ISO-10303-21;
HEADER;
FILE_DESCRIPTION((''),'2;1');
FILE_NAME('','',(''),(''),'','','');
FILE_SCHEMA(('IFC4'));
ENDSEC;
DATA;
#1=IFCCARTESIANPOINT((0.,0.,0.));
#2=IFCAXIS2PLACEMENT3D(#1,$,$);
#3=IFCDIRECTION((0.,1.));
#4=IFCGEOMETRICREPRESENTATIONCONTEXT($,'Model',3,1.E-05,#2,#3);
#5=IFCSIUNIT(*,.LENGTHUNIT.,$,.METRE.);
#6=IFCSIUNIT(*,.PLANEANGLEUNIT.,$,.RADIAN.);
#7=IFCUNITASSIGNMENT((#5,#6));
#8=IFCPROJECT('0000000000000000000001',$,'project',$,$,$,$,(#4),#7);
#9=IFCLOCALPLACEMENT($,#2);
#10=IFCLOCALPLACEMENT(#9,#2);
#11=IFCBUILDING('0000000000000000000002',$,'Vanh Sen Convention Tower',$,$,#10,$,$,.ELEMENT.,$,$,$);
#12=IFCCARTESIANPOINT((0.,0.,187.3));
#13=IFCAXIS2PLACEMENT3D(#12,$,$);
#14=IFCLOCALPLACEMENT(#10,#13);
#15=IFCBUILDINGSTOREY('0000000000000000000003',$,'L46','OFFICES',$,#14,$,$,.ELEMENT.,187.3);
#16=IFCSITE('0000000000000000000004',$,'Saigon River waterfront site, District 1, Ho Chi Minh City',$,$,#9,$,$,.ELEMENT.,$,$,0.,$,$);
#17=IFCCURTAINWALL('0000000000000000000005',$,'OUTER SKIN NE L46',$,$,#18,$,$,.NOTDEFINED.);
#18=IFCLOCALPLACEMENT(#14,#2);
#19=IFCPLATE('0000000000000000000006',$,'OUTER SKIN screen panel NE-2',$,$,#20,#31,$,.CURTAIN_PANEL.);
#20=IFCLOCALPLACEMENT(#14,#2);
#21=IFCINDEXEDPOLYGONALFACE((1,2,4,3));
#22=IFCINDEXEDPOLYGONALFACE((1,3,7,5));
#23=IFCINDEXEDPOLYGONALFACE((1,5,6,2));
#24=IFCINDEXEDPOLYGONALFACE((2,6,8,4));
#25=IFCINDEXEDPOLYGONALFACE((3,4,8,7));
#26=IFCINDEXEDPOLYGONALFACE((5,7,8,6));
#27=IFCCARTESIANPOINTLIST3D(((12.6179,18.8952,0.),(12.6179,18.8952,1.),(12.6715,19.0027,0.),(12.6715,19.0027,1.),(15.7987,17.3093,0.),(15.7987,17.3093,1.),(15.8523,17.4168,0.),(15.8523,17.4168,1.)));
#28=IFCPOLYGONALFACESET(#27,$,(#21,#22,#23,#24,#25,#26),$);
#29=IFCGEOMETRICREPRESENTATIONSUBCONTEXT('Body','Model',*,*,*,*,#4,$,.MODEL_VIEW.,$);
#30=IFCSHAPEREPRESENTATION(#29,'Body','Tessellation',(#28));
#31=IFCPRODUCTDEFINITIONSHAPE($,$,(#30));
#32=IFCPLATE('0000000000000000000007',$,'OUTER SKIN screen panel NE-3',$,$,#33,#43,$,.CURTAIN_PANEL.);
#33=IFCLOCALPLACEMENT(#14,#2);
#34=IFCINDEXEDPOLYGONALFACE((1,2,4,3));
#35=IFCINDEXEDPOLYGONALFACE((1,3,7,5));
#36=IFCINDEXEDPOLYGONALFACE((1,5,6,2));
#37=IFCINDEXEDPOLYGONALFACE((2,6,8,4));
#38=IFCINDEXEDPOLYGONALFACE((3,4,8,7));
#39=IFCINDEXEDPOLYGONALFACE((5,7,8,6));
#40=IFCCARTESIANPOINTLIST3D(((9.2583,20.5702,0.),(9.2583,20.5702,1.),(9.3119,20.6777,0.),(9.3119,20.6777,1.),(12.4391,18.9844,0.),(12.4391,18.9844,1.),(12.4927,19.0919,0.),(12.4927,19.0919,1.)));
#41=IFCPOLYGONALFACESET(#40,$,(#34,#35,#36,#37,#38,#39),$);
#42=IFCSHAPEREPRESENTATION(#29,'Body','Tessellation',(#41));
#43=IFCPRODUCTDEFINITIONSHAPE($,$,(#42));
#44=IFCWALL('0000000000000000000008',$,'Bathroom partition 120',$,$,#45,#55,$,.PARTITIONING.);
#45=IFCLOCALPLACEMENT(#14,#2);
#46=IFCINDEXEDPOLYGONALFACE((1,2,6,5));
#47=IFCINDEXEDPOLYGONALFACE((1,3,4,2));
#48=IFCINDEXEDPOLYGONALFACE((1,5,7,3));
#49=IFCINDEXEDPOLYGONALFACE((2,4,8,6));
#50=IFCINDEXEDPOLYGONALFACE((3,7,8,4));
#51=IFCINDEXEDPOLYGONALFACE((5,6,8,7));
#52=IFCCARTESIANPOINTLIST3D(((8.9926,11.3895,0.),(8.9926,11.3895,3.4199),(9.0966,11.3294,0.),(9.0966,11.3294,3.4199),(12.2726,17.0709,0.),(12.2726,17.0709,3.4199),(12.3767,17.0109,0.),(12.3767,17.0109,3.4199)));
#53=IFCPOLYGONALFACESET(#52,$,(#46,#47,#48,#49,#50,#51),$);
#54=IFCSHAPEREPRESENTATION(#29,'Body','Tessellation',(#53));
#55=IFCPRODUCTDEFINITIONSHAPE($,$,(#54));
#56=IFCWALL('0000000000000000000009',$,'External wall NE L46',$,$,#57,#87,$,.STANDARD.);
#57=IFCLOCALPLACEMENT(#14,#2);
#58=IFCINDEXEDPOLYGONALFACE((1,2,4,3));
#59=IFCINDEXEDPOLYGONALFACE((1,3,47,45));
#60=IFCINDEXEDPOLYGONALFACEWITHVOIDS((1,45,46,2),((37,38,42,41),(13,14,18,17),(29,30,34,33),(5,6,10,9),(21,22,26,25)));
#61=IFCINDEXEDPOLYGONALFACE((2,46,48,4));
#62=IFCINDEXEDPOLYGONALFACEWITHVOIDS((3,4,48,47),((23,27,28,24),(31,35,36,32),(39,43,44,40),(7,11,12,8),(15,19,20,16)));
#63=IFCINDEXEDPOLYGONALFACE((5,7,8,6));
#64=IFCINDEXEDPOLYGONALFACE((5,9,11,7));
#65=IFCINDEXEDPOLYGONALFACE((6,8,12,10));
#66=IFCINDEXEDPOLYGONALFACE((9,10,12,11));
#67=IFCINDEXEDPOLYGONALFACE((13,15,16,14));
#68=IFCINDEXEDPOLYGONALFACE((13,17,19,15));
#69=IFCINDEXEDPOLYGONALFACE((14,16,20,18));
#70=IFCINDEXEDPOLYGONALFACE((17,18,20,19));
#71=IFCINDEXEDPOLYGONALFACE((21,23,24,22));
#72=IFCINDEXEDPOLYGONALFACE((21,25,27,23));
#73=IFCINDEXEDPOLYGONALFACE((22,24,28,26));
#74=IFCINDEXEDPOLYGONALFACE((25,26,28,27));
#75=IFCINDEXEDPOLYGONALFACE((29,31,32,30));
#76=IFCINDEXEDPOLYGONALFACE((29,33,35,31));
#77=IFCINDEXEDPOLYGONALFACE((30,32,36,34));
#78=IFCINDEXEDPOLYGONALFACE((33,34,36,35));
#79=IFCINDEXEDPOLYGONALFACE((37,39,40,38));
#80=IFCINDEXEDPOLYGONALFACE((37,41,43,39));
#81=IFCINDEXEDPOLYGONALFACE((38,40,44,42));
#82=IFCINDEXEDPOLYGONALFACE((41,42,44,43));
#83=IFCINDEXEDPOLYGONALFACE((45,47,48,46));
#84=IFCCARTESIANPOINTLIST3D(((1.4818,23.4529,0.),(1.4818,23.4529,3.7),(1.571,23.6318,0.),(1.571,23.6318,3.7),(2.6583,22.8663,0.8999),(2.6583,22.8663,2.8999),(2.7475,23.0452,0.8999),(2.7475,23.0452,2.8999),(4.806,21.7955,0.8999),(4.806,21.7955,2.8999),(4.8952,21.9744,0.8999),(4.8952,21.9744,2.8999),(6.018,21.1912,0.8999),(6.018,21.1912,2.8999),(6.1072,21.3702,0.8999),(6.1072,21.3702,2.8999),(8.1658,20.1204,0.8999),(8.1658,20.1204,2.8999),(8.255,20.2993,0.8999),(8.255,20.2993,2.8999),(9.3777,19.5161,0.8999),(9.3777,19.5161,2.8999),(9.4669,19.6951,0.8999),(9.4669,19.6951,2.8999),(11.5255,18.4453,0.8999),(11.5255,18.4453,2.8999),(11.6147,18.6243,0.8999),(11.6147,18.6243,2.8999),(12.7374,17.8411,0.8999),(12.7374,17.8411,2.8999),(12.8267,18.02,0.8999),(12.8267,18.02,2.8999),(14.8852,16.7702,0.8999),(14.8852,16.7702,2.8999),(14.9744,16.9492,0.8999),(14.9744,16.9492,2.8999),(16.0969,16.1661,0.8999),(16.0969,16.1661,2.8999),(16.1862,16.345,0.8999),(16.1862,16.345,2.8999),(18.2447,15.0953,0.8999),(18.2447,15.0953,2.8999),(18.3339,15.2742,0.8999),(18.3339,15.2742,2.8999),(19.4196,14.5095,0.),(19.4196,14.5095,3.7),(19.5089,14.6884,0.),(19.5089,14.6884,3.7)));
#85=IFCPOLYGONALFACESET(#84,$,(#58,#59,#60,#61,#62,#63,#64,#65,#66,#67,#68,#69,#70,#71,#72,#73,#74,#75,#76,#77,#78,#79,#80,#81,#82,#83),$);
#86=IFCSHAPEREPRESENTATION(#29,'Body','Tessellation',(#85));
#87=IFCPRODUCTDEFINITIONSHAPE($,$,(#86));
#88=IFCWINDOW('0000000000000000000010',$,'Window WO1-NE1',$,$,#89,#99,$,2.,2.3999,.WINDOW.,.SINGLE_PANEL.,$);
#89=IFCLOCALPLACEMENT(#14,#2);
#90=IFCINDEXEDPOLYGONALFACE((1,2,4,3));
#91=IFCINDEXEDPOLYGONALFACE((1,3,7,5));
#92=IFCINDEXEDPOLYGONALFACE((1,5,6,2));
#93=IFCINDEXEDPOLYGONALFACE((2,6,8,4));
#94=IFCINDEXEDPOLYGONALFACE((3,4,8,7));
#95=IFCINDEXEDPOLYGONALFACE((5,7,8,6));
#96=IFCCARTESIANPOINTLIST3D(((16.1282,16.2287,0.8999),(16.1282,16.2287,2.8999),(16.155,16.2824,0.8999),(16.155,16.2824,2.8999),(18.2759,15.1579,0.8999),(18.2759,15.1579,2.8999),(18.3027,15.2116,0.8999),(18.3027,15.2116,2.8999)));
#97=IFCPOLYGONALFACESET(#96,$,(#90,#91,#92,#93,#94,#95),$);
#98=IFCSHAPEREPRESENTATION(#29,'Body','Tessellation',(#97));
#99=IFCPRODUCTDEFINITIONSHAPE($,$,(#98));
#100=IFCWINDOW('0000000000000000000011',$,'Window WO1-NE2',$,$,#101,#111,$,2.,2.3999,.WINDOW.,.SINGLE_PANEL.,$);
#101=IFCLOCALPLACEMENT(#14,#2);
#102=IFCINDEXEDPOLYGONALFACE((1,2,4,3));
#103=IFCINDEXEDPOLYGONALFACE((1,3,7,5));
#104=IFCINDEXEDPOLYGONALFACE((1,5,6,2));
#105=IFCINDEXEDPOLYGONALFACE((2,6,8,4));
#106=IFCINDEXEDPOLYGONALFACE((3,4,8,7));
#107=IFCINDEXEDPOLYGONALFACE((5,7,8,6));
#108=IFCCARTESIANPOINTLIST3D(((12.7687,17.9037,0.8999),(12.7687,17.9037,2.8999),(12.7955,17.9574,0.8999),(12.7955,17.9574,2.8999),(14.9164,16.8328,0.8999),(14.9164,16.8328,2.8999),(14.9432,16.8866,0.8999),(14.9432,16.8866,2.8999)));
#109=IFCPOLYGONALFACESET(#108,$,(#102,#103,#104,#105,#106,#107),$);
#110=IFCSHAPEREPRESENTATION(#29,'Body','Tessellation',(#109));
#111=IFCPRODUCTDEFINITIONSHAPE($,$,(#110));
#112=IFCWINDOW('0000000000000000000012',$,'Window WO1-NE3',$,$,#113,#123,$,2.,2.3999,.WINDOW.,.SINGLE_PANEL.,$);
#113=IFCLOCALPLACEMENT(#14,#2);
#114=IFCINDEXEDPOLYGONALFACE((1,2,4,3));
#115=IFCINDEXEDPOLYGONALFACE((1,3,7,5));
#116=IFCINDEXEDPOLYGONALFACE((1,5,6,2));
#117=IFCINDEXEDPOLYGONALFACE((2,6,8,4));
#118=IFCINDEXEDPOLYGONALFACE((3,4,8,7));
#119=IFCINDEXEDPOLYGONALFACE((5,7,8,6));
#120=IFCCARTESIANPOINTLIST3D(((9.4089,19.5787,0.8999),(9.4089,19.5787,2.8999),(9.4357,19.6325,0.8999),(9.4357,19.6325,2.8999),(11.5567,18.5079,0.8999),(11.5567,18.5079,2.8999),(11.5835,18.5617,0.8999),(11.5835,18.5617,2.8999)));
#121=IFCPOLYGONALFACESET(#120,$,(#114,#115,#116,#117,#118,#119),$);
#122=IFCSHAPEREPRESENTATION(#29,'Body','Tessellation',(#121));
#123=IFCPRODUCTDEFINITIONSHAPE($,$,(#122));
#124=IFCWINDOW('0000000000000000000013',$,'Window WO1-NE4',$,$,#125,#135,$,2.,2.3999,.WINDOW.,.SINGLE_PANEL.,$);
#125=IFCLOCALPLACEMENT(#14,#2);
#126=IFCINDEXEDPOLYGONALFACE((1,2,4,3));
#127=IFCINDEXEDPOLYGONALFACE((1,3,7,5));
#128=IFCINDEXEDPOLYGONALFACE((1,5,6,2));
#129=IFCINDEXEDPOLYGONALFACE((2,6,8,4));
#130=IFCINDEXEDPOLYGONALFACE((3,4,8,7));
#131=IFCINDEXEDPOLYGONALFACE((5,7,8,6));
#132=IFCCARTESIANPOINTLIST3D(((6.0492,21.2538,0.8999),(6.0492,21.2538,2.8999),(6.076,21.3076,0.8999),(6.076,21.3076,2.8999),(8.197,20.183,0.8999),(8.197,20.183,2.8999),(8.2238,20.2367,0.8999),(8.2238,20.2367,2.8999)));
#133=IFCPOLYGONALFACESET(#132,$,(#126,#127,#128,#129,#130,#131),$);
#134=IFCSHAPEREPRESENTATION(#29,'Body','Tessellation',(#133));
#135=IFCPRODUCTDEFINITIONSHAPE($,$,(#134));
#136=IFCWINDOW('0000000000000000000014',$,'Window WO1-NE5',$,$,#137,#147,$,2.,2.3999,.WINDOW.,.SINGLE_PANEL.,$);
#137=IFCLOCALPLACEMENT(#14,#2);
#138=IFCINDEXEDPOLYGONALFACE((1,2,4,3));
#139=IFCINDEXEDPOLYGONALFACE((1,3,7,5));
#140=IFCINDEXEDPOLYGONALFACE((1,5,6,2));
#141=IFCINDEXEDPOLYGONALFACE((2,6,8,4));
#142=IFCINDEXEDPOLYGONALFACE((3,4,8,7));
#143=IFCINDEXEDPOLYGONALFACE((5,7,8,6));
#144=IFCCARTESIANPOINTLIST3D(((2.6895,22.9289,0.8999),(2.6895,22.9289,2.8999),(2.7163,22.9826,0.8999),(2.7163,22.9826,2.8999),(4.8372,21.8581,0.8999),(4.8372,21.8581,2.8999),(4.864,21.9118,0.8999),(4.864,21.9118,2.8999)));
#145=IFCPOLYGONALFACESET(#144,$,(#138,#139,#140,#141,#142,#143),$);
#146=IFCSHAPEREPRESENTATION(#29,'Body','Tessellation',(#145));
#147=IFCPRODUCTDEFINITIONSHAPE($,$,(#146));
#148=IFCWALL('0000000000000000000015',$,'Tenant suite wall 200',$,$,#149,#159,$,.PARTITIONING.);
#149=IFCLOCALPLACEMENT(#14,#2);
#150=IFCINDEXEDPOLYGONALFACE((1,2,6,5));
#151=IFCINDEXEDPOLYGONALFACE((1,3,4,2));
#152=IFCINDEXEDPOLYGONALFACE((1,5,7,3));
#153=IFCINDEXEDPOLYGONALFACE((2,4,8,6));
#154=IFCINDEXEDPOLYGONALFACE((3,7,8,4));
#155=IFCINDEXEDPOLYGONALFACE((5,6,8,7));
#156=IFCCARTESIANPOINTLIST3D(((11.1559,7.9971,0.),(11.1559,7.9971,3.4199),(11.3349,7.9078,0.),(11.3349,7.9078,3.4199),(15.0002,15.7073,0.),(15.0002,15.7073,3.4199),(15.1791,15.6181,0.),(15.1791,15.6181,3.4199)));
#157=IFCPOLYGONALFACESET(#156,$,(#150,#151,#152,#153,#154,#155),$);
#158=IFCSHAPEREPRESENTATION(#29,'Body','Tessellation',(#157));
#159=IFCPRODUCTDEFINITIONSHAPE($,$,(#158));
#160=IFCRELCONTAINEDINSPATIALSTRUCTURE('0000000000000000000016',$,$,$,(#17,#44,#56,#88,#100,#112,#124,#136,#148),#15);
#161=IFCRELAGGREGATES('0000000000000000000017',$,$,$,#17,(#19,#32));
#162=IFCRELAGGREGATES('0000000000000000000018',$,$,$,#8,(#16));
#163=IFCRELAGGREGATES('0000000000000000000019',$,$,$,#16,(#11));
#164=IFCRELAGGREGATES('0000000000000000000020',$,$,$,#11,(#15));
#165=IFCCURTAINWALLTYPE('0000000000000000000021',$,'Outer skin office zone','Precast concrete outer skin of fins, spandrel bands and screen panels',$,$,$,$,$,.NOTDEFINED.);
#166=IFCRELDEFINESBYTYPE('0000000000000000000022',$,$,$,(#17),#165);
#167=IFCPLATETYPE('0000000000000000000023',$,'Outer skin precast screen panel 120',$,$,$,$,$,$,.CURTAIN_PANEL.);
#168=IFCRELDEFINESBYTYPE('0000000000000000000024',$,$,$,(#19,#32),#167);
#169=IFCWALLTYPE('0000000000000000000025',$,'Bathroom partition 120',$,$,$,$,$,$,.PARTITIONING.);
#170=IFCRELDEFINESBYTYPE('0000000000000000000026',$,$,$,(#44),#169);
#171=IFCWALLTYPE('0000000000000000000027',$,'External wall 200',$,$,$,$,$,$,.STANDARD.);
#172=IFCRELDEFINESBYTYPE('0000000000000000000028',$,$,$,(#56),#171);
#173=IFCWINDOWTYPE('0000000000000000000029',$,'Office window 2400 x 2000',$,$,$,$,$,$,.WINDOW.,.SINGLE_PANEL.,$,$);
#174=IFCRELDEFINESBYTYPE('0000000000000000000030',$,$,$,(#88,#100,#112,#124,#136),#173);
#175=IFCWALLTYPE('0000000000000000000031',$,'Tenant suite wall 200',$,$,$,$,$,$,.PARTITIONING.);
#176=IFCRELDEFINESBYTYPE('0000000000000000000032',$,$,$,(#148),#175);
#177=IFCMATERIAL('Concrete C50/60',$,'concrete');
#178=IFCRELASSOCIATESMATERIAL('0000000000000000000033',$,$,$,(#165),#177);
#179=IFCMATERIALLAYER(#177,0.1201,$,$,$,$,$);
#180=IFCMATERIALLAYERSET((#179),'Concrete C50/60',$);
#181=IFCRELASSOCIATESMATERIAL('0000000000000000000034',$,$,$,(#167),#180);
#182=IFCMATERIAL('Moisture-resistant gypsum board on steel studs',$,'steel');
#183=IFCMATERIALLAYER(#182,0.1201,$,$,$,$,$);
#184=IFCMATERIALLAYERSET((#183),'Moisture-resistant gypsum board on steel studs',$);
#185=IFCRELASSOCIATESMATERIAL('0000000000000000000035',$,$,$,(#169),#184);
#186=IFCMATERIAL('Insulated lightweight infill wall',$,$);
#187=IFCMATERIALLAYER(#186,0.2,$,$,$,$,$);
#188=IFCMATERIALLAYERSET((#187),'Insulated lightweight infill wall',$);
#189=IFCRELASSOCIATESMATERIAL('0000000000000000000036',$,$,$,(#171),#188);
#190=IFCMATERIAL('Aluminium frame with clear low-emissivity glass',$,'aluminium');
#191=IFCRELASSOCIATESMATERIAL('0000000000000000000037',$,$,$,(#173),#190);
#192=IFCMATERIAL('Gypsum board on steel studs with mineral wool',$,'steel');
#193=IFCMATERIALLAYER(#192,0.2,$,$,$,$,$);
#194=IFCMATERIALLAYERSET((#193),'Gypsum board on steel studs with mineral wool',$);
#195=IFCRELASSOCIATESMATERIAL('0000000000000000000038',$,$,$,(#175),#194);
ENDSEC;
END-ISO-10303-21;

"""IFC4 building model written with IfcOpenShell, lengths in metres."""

from ifc_helpers import new_model, si_unit, direction, frame, frame_2d, origin, origin_2d, place, context, subcontext, project, spatial, rectangle, extrude, material, layer, layer_set, type_object, element, fill, aggregate, save


model = new_model("IFC4")

# Units and contexts
model_context = context("Model", 3, precision=1e-05, world=origin(), true_north=direction((0.0, 1.0)))
body_context = subcontext(model_context, "Body", "Model", "MODEL_VIEW")
ifc_project = project(units=[si_unit("LENGTHUNIT", "METRE"), si_unit("PLANEANGLEUNIT", "RADIAN")], contexts=[model_context])

# Site, building, storey
site_placement = place(None, origin())
site = spatial("IfcSite", under=ifc_project, at=site_placement, Name="Saigon River waterfront site, District 1, Ho Chi Minh City", CompositionType="ELEMENT", RefElevation=0.0)
building_placement = place(site_placement, origin())
building = spatial("IfcBuilding", under=site, at=building_placement, Name="Vanh Sen Convention Tower", CompositionType="ELEMENT")
storey_placement = place(building_placement, frame((0.0, 0.0, 187.3)))
storey = spatial("IfcBuildingStorey", under=building, at=storey_placement, Name="L46", Description="OFFICES", CompositionType="ELEMENT", Elevation=187.3)

# Curtain wall
ifc_material_1 = material(Name="Concrete C50/60", Category="concrete")
curtain_wall_type = type_object("IfcCurtainWallType", Name="Outer skin office zone", Description="Precast concrete outer skin of fins, spandrel bands and screen panels", PredefinedType="NOTDEFINED", material=ifc_material_1)
curtain_wall_1_placement = place(storey_placement, origin())
curtain_wall_1 = element("IfcCurtainWall", 1, at=curtain_wall_1_placement, inside=storey, type_object=curtain_wall_type, Name="OUTER SKIN NE L46", PredefinedType="NOTDEFINED")

# Shared definitions
ifc_layer_1 = layer(ifc_material_1, 0.1201)
ifc_layer_set_1 = layer_set([ifc_layer_1], Name="Concrete C50/60")
plate_type = type_object("IfcPlateType", Name="Outer skin precast screen panel 120", PredefinedType="CURTAIN_PANEL", material=ifc_layer_set_1)

# Plates
plate_1_placement = place(storey_placement, frame((14.2351, 18.156, 0.0), z_axis=(0.0, 0.0, 1.0), x_axis=(-0.894933, 0.446201, 0.0)))
plate_1 = element("IfcPlate", 2, at=plate_1_placement, type_object=plate_type, Name="OUTER SKIN screen panel NE-2", PredefinedType="CURTAIN_PANEL", context=body_context, shape_type="SweptSolid", body=[
    extrude(rectangle(XDim=3.5542, YDim=0.1201, at=origin_2d()), origin(), (0.0, 0.0, 1.0), 1.0),
])
plate_2_placement = place(storey_placement, frame((10.8755, 19.8311, 0.0), z_axis=(0.0, 0.0, 1.0), x_axis=(-0.894933, 0.446201, 0.0)))
plate_2 = element("IfcPlate", 3, at=plate_2_placement, type_object=plate_type, Name="OUTER SKIN screen panel NE-3", PredefinedType="CURTAIN_PANEL", context=body_context, shape_type="SweptSolid", body=[
    extrude(rectangle(XDim=3.5542, YDim=0.1201, at=origin_2d()), origin(), (0.0, 0.0, 1.0), 1.0),
])
aggregate(curtain_wall_1, [plate_1, plate_2])

# Wall
ifc_material_2 = material(Name="Moisture-resistant gypsum board on steel studs", Category="steel")
ifc_layer_2 = layer(ifc_material_2, 0.1201)
ifc_layer_set_2 = layer_set([ifc_layer_2], Name="Moisture-resistant gypsum board on steel studs")
wall_type_1 = type_object("IfcWallType", Name="Bathroom partition 120", PredefinedType="PARTITIONING", material=ifc_layer_set_2)
wall_1_placement = place(storey_placement, frame((12.3247, 17.041, 0.0), z_axis=(0.0, 0.0, 1.0), x_axis=(-0.499986, -0.866034, 0.0)))
element("IfcWall", 4, at=wall_1_placement, inside=storey, type_object=wall_type_1, Name="Bathroom partition 120", PredefinedType="PARTITIONING", context=body_context, shape_type="SweptSolid", body=[
    extrude(rectangle(XDim=6.5603, YDim=0.1201, at=frame_2d((3.2803, 0.0))), origin(), (0.0, 0.0, 1.0), 3.4199),
])

# Wall, openings, windows
ifc_material_3 = material(Name="Insulated lightweight infill wall")
ifc_layer_3 = layer(ifc_material_3, 0.2)
ifc_layer_set_3 = layer_set([ifc_layer_3], Name="Insulated lightweight infill wall")
wall_type_2 = type_object("IfcWallType", Name="External wall 200", PredefinedType="STANDARD", material=ifc_layer_set_3)
wall_2_placement = place(storey_placement, frame((19.4644, 14.5989, 0.0), z_axis=(0.0, 0.0, 1.0), x_axis=(-0.894936, 0.446195, 0.0)))
wall_2 = element("IfcWall", 5, at=wall_2_placement, inside=storey, type_object=wall_type_2, Name="External wall NE L46", PredefinedType="STANDARD", context=body_context, shape_type="SweptSolid", body=[
    extrude(rectangle(XDim=20.0437, YDim=0.2, at=frame_2d((10.022, 0.0))), origin(), (0.0, 0.0, 1.0), 3.7),
])
opening_1_placement = place(wall_2_placement, frame((1.313, 0.0, 0.8999)))
opening_1 = element("IfcOpeningElement", 6, at=opening_1_placement, cuts=wall_2, PredefinedType="OPENING", context=body_context, shape_type="SweptSolid", body=[
    extrude(rectangle(XDim=2.3999, YDim=2.0, at=frame_2d((1.2, 1.0))), frame((0.0, 0.1099, 0.0), z_axis=(0.0, -1.0, 0.0), x_axis=(1.0, 0.0, 0.0)), (0.0, 0.0, 1.0), 0.22),
])
opening_2_placement = place(wall_2_placement, frame((5.0669, 0.0, 0.8999)))
opening_2 = element("IfcOpeningElement", 7, at=opening_2_placement, cuts=wall_2, PredefinedType="OPENING", context=body_context, shape_type="SweptSolid", body=[
    extrude(rectangle(XDim=2.3999, YDim=2.0, at=frame_2d((1.2, 1.0))), frame((0.0, 0.1099, 0.0), z_axis=(0.0, -1.0, 0.0), x_axis=(1.0, 0.0, 0.0)), (0.0, 0.0, 1.0), 0.22),
])
opening_3_placement = place(wall_2_placement, frame((8.821, 0.0, 0.8999)))
opening_3 = element("IfcOpeningElement", 8, at=opening_3_placement, cuts=wall_2, PredefinedType="OPENING", context=body_context, shape_type="SweptSolid", body=[
    extrude(rectangle(XDim=2.3999, YDim=2.0, at=frame_2d((1.2, 1.0))), frame((0.0, 0.1099, 0.0), z_axis=(0.0, -1.0, 0.0), x_axis=(1.0, 0.0, 0.0)), (0.0, 0.0, 1.0), 0.22),
])
opening_4_placement = place(wall_2_placement, frame((12.5752, 0.0, 0.8999)))
opening_4 = element("IfcOpeningElement", 9, at=opening_4_placement, cuts=wall_2, PredefinedType="OPENING", context=body_context, shape_type="SweptSolid", body=[
    extrude(rectangle(XDim=2.3999, YDim=2.0, at=frame_2d((1.2, 1.0))), frame((0.0, 0.1099, 0.0), z_axis=(0.0, -1.0, 0.0), x_axis=(1.0, 0.0, 0.0)), (0.0, 0.0, 1.0), 0.22),
])
opening_5_placement = place(wall_2_placement, frame((16.3293, 0.0, 0.8999)))
opening_5 = element("IfcOpeningElement", 10, at=opening_5_placement, cuts=wall_2, PredefinedType="OPENING", context=body_context, shape_type="SweptSolid", body=[
    extrude(rectangle(XDim=2.3999, YDim=2.0, at=frame_2d((1.2, 1.0))), frame((0.0, 0.1099, 0.0), z_axis=(0.0, -1.0, 0.0), x_axis=(1.0, 0.0, 0.0)), (0.0, 0.0, 1.0), 0.22),
])
ifc_material_4 = material(Name="Aluminium frame with clear low-emissivity glass", Category="aluminium")
window_type = type_object("IfcWindowType", Name="Office window 2400 x 2000", PartitioningType="SINGLE_PANEL", PredefinedType="WINDOW", material=ifc_material_4)
window_1_placement = place(opening_1_placement, origin())
window_1 = element("IfcWindow", 11, at=window_1_placement, inside=storey, type_object=window_type, Name="Window WO1-NE1", OverallHeight=2.0, OverallWidth=2.3999, PartitioningType="SINGLE_PANEL", PredefinedType="WINDOW", context=body_context, shape_type="SweptSolid", body=[
    extrude(rectangle(XDim=2.3999, YDim=2.0, at=frame_2d((1.2, 1.0))), frame((0.0, 0.03, 0.0), z_axis=(0.0, -1.0, 0.0), x_axis=(1.0, 0.0, 0.0)), (0.0, 0.0, 1.0), 0.0601),
])
fill(opening_1, window_1)
window_2_placement = place(opening_2_placement, origin())
window_2 = element("IfcWindow", 12, at=window_2_placement, inside=storey, type_object=window_type, Name="Window WO1-NE2", OverallHeight=2.0, OverallWidth=2.3999, PartitioningType="SINGLE_PANEL", PredefinedType="WINDOW", context=body_context, shape_type="SweptSolid", body=[
    extrude(rectangle(XDim=2.3999, YDim=2.0, at=frame_2d((1.2, 1.0))), frame((0.0, 0.03, 0.0), z_axis=(0.0, -1.0, 0.0), x_axis=(1.0, 0.0, 0.0)), (0.0, 0.0, 1.0), 0.0601),
])
fill(opening_2, window_2)
window_3_placement = place(opening_3_placement, origin())
window_3 = element("IfcWindow", 13, at=window_3_placement, inside=storey, type_object=window_type, Name="Window WO1-NE3", OverallHeight=2.0, OverallWidth=2.3999, PartitioningType="SINGLE_PANEL", PredefinedType="WINDOW", context=body_context, shape_type="SweptSolid", body=[
    extrude(rectangle(XDim=2.3999, YDim=2.0, at=frame_2d((1.2, 1.0))), frame((0.0, 0.03, 0.0), z_axis=(0.0, -1.0, 0.0), x_axis=(1.0, 0.0, 0.0)), (0.0, 0.0, 1.0), 0.0601),
])
fill(opening_3, window_3)
window_4_placement = place(opening_4_placement, origin())
window_4 = element("IfcWindow", 14, at=window_4_placement, inside=storey, type_object=window_type, Name="Window WO1-NE4", OverallHeight=2.0, OverallWidth=2.3999, PartitioningType="SINGLE_PANEL", PredefinedType="WINDOW", context=body_context, shape_type="SweptSolid", body=[
    extrude(rectangle(XDim=2.3999, YDim=2.0, at=frame_2d((1.2, 1.0))), frame((0.0, 0.03, 0.0), z_axis=(0.0, -1.0, 0.0), x_axis=(1.0, 0.0, 0.0)), (0.0, 0.0, 1.0), 0.0601),
])
fill(opening_4, window_4)
window_5_placement = place(opening_5_placement, origin())
window_5 = element("IfcWindow", 15, at=window_5_placement, inside=storey, type_object=window_type, Name="Window WO1-NE5", OverallHeight=2.0, OverallWidth=2.3999, PartitioningType="SINGLE_PANEL", PredefinedType="WINDOW", context=body_context, shape_type="SweptSolid", body=[
    extrude(rectangle(XDim=2.3999, YDim=2.0, at=frame_2d((1.2, 1.0))), frame((0.0, 0.03, 0.0), z_axis=(0.0, -1.0, 0.0), x_axis=(1.0, 0.0, 0.0)), (0.0, 0.0, 1.0), 0.0601),
])
fill(opening_5, window_5)

# Wall
ifc_material_5 = material(Name="Gypsum board on steel studs with mineral wool", Category="steel")
ifc_layer_4 = layer(ifc_material_5, 0.2)
ifc_layer_set_4 = layer_set([ifc_layer_4], Name="Gypsum board on steel studs with mineral wool")
wall_type_3 = type_object("IfcWallType", Name="Tenant suite wall 200", PredefinedType="PARTITIONING", material=ifc_layer_set_4)
wall_3_placement = place(storey_placement, frame((15.0896, 15.6626, 0.0), z_axis=(0.0, 0.0, 1.0), x_axis=(-0.446204, -0.894931, 0.0)))
element("IfcWall", 16, at=wall_3_placement, inside=storey, type_object=wall_type_3, Name="Tenant suite wall 200", PredefinedType="PARTITIONING", context=body_context, shape_type="SweptSolid", body=[
    extrude(rectangle(XDim=8.6155, YDim=0.2, at=frame_2d((4.3076, 0.0))), origin(), (0.0, 0.0, 1.0), 3.4199),
])

save(model, "model.ifc")
